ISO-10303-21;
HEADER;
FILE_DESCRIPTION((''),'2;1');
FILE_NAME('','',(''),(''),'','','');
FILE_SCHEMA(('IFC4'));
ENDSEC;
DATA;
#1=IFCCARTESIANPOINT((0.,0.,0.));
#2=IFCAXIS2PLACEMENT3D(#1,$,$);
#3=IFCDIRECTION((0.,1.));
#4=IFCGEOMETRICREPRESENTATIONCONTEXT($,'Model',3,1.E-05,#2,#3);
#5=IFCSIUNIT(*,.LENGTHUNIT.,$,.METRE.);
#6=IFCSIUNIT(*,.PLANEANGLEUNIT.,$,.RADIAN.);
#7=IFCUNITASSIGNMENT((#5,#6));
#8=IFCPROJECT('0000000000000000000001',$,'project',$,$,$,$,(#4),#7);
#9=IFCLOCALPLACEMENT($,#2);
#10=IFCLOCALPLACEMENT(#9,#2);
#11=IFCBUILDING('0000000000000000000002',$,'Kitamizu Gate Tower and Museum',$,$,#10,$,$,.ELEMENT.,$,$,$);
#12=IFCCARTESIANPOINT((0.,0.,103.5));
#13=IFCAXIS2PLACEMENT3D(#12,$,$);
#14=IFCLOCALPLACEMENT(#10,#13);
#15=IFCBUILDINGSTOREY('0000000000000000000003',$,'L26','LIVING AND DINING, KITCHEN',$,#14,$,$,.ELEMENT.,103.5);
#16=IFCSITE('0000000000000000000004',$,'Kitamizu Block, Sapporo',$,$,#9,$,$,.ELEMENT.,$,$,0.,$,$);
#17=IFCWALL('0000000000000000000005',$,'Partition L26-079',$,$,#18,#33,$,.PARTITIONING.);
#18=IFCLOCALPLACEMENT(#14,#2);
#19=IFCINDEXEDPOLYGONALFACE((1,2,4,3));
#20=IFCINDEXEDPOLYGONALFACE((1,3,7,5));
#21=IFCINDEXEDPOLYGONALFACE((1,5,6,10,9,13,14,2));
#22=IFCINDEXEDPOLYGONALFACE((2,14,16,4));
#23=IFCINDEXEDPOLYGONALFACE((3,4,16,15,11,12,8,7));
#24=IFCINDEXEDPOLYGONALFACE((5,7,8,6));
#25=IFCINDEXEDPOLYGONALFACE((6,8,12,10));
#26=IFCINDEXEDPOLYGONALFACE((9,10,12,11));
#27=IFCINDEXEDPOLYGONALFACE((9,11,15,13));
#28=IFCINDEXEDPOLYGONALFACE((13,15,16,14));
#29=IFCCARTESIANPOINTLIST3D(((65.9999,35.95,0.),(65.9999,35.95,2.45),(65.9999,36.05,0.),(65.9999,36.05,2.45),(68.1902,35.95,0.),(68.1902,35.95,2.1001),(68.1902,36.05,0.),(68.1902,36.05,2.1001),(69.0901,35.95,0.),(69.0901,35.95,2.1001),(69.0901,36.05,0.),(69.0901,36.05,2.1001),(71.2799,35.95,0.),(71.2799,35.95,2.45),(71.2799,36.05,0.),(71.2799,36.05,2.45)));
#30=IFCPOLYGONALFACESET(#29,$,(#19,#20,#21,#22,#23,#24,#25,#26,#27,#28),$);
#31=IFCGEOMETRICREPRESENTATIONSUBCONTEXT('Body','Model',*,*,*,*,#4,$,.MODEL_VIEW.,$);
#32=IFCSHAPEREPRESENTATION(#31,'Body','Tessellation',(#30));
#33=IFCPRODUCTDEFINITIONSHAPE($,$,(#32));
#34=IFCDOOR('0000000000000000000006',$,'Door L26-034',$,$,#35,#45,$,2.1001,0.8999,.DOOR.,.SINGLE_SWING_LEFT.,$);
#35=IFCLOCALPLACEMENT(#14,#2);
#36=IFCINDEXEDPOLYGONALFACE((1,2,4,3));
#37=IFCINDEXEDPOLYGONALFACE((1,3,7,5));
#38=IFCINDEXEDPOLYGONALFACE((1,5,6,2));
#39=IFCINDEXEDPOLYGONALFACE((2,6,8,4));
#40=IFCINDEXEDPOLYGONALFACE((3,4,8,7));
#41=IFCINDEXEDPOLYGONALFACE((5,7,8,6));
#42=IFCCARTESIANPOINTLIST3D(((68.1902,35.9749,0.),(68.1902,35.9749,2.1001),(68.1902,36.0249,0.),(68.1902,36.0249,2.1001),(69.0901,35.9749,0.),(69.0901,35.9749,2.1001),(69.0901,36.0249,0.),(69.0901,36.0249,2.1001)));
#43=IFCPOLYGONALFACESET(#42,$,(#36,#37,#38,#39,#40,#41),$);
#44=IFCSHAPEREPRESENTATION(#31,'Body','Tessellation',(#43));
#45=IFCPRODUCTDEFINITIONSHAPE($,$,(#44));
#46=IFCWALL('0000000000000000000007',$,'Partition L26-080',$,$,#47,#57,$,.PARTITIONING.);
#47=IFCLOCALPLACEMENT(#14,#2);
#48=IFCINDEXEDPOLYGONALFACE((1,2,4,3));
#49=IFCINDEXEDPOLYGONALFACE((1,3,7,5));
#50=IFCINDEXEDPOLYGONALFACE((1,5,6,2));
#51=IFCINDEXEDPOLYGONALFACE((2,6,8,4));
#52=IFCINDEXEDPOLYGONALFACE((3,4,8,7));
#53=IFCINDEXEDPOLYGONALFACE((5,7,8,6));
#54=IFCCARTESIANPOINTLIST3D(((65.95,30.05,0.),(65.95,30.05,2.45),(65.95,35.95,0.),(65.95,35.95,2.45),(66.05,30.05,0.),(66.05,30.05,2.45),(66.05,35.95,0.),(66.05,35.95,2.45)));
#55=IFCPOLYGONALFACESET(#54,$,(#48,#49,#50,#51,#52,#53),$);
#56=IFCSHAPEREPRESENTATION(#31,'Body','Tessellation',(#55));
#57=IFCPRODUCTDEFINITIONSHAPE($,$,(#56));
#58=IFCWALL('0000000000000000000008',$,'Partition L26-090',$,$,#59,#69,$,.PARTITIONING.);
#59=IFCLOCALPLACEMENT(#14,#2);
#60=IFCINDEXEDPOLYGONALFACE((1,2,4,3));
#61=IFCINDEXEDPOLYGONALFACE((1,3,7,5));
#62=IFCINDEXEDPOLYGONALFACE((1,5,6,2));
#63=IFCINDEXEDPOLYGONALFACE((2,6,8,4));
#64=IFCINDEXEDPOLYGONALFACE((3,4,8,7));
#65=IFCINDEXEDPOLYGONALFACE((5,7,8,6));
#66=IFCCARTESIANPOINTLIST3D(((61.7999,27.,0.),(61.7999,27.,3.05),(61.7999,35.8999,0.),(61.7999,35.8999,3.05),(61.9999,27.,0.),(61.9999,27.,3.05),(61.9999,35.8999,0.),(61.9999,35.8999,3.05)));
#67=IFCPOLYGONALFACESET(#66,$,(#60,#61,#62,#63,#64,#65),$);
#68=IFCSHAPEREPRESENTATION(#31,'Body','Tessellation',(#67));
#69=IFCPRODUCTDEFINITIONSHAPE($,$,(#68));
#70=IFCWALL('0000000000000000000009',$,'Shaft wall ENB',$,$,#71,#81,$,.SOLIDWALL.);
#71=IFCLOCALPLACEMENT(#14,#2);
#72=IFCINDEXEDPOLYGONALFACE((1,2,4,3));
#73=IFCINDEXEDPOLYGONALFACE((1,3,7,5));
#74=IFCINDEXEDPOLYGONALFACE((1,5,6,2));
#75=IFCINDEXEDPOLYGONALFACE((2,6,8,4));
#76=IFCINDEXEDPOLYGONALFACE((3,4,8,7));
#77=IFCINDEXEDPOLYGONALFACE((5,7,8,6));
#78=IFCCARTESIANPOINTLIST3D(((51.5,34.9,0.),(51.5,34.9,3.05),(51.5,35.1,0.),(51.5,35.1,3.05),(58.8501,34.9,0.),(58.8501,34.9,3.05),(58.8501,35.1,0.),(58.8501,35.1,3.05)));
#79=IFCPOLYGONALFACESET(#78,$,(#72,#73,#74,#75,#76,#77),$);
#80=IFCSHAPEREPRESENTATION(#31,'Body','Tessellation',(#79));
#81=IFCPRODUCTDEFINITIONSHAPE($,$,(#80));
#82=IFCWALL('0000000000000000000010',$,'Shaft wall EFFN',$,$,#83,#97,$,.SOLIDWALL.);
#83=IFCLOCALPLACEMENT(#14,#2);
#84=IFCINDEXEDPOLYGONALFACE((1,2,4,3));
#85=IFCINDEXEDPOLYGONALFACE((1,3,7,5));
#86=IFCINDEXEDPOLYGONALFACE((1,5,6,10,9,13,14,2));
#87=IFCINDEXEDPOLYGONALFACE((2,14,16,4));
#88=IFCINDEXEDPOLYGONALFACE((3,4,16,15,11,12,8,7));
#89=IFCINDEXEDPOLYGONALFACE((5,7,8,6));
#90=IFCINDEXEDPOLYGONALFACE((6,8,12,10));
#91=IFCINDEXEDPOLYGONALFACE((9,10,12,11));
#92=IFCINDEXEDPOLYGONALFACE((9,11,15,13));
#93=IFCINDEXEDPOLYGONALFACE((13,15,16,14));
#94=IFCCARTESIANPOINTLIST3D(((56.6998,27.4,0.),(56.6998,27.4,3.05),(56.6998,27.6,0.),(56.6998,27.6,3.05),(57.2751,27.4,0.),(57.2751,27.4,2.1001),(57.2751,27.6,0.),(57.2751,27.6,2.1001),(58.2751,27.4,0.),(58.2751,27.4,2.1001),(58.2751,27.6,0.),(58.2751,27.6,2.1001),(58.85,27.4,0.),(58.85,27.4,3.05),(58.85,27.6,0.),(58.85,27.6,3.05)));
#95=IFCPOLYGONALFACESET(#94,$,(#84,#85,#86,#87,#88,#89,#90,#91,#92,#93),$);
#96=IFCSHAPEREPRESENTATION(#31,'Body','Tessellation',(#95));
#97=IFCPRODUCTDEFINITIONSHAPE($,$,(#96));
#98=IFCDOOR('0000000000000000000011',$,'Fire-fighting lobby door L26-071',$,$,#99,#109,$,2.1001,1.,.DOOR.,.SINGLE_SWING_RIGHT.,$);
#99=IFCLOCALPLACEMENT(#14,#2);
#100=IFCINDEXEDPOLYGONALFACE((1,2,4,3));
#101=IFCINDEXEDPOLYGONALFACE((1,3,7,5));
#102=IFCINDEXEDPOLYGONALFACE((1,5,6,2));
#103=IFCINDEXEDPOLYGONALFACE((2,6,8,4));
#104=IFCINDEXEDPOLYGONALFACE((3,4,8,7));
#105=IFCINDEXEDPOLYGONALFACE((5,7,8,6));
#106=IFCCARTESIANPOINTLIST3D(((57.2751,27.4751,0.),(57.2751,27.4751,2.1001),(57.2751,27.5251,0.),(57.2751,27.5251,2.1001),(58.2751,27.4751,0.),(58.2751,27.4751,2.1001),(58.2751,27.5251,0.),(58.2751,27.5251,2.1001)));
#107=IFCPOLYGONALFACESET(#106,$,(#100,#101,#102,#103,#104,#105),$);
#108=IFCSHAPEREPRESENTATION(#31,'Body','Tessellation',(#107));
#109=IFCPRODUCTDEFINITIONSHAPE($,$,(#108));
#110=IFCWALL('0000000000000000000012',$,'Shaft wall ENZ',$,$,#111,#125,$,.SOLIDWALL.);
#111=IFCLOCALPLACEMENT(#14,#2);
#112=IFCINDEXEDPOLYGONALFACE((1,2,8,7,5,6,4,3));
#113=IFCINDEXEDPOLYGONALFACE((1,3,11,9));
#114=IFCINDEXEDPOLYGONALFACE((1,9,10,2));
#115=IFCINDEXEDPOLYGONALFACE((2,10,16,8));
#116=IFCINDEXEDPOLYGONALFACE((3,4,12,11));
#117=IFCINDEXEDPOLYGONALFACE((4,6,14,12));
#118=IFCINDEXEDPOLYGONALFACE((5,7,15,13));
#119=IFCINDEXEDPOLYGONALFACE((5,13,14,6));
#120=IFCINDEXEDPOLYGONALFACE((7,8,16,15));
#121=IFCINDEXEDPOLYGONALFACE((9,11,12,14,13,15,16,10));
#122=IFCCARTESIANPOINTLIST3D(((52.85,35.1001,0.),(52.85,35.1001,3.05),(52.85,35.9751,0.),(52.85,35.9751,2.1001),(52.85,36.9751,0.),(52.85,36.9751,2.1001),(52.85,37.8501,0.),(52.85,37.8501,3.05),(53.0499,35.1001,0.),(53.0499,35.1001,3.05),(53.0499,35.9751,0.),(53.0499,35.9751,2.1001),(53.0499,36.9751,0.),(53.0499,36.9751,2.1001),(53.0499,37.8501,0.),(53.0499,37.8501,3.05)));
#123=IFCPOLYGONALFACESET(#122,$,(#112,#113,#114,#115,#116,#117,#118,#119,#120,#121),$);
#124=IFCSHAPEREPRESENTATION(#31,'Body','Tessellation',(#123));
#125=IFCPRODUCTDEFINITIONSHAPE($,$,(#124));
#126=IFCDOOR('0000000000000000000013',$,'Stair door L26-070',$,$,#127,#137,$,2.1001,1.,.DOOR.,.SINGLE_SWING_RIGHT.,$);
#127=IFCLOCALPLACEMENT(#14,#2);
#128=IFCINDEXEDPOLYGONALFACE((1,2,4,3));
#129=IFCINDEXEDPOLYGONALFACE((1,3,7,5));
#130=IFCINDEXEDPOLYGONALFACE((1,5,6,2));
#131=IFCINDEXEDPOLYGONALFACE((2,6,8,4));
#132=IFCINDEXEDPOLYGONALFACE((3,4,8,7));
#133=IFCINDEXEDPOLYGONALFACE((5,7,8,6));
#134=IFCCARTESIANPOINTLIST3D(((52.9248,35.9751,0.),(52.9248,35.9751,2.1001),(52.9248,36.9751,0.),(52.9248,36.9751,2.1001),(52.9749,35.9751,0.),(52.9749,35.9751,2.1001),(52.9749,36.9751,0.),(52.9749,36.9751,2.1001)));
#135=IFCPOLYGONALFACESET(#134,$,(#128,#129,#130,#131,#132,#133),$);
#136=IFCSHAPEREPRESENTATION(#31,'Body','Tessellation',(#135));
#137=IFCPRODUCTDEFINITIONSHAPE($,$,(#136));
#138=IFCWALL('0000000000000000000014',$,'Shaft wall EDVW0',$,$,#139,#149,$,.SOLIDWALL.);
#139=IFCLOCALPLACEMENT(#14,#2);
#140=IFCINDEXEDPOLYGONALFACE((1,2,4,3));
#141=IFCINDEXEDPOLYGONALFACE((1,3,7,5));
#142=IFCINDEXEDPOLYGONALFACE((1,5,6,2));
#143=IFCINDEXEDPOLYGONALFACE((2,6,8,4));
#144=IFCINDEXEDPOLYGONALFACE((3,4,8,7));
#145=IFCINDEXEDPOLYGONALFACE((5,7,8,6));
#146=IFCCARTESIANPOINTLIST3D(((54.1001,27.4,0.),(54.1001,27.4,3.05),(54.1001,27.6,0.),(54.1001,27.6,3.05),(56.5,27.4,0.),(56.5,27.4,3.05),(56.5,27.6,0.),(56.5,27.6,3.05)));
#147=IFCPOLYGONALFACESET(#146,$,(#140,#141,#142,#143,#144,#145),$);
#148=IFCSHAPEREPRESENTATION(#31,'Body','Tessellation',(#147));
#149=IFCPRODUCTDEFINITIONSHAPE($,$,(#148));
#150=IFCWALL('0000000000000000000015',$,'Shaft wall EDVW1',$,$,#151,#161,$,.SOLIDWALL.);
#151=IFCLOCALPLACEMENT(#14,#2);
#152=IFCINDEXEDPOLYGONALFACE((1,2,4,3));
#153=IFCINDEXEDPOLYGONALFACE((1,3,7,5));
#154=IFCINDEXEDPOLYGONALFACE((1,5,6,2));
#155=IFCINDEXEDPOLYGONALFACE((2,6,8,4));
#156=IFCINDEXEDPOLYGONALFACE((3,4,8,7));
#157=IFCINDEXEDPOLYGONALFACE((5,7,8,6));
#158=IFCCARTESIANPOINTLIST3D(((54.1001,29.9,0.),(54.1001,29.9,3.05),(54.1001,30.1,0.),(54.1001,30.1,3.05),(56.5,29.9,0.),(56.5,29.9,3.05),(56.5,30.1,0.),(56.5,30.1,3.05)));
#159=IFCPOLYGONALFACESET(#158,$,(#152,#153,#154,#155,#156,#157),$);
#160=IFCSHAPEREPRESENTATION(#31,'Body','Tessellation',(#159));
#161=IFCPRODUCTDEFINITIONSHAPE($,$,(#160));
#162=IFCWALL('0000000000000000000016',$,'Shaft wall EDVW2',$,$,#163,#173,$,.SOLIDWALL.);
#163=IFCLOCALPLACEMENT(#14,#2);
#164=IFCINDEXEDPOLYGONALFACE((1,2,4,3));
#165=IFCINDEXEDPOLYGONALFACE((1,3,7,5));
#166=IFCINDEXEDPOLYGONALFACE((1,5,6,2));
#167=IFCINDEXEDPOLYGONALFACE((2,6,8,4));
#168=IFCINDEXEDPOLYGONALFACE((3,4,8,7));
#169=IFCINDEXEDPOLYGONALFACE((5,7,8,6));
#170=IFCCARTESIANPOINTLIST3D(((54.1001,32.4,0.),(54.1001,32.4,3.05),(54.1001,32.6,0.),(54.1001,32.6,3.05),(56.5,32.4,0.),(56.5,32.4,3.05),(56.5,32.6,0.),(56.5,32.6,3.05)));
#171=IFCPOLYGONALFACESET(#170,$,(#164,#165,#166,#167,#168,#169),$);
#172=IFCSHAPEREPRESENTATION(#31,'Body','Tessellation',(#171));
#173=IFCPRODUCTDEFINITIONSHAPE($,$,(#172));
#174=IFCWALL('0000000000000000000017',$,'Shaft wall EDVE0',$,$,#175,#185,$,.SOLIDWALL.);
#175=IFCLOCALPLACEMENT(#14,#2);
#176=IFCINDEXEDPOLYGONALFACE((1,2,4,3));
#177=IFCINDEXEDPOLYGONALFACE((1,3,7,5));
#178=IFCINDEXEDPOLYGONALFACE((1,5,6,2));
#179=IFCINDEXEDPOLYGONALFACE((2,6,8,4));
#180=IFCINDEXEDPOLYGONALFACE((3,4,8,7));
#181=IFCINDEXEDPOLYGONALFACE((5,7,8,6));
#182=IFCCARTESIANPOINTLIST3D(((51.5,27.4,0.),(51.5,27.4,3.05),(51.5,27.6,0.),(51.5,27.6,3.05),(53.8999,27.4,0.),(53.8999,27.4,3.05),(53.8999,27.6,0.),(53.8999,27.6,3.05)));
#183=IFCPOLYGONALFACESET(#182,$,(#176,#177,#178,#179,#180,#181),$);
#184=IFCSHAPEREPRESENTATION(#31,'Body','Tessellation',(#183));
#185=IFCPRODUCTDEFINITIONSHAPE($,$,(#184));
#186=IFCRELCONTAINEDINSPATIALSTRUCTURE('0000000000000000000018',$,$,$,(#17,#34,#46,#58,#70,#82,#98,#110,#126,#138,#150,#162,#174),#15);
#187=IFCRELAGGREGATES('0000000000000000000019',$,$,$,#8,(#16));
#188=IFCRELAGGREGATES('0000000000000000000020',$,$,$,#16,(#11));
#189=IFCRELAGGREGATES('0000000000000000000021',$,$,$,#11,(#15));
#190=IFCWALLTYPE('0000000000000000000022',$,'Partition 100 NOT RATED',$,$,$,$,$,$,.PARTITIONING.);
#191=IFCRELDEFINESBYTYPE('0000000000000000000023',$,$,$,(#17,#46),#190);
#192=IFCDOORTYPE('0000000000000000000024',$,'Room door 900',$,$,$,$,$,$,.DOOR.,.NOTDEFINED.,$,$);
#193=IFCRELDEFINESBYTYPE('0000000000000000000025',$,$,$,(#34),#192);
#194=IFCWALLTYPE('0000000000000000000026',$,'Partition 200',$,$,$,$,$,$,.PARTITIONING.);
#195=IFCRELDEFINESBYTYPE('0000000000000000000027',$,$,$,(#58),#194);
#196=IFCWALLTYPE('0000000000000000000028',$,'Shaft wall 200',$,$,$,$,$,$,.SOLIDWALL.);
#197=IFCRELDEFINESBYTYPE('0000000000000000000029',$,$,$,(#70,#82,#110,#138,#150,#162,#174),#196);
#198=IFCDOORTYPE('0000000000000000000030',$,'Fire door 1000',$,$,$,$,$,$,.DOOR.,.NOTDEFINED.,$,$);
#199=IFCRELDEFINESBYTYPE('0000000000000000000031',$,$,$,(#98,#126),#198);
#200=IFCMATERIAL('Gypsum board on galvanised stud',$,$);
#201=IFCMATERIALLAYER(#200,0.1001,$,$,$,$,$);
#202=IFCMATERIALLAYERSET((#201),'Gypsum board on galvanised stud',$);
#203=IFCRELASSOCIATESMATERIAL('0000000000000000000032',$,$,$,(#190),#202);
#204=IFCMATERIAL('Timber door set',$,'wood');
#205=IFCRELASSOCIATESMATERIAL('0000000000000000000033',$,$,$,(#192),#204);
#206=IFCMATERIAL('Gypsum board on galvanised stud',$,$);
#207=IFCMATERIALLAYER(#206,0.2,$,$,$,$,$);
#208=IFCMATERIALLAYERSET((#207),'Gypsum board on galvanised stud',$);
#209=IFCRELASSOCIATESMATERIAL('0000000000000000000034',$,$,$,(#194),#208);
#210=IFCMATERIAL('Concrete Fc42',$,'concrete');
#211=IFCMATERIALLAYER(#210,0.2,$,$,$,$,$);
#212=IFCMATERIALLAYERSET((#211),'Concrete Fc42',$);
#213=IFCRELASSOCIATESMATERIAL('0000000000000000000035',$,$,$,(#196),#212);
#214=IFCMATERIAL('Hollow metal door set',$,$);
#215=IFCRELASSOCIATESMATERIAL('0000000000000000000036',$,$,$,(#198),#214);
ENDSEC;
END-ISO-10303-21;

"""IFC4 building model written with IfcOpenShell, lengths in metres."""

from ifc_helpers import new_model, si_unit, direction, frame, frame_2d, origin, place, context, subcontext, project, spatial, rectangle, extrude, material, layer, layer_set, type_object, element, fill, save


model = new_model("IFC4")

# Units and contexts
model_context = context("Model", 3, precision=1e-05, world=origin(), true_north=direction((0.0, 1.0)))
body_context = subcontext(model_context, "Body", "Model", "MODEL_VIEW")
ifc_project = project(units=[si_unit("LENGTHUNIT", "METRE"), si_unit("PLANEANGLEUNIT", "RADIAN")], contexts=[model_context])

# Site, building, storey
site_placement = place(None, origin())
site = spatial("IfcSite", under=ifc_project, at=site_placement, Name="Kitamizu Block, Sapporo", CompositionType="ELEMENT", RefElevation=0.0)
building_placement = place(site_placement, origin())
building = spatial("IfcBuilding", under=site, at=building_placement, Name="Kitamizu Gate Tower and Museum", CompositionType="ELEMENT")
storey_placement = place(building_placement, frame((0.0, 0.0, 103.5)))
storey = spatial("IfcBuildingStorey", under=building, at=storey_placement, Name="L26", Description="LIVING AND DINING, KITCHEN", CompositionType="ELEMENT", Elevation=103.5)

# Shared definitions
ifc_material_1 = material(Name="Gypsum board on galvanised stud")
ifc_layer_1 = layer(ifc_material_1, 0.1001)
ifc_layer_set_1 = layer_set([ifc_layer_1], Name="Gypsum board on galvanised stud")
wall_type_1 = type_object("IfcWallType", Name="Partition 100 NOT RATED", PredefinedType="PARTITIONING", material=ifc_layer_set_1)
ifc_material_2 = material(Name="Timber door set", Category="wood")
door_type_1 = type_object("IfcDoorType", Name="Room door 900", OperationType="NOTDEFINED", PredefinedType="DOOR", material=ifc_material_2)

# Wall, opening, door
wall_1_placement = place(storey_placement, frame((71.28, 36.0, 0.0), z_axis=(0.0, 0.0, 1.0), x_axis=(-1.0, 0.0, 0.0)))
wall_1 = element("IfcWall", 1, at=wall_1_placement, inside=storey, type_object=wall_type_1, Name="Partition L26-079", PredefinedType="PARTITIONING", context=body_context, shape_type="SweptSolid", body=[
    extrude(rectangle(XDim=5.28, YDim=0.1001, at=frame_2d((2.6401, 0.0))), origin(), (0.0, 0.0, 1.0), 2.45),
])
opening_1_placement = place(wall_1_placement, frame((2.1899, 0.0, 0.0)))
opening_1 = element("IfcOpeningElement", 2, at=opening_1_placement, cuts=wall_1, PredefinedType="OPENING", context=body_context, shape_type="SweptSolid", body=[
    extrude(rectangle(XDim=0.8999, YDim=2.1001, at=frame_2d((0.45, 1.05))), frame((0.0, 0.0601, 0.0), z_axis=(0.0, -1.0, 0.0), x_axis=(1.0, 0.0, 0.0)), (0.0, 0.0, 1.0), 0.1201),
])
door_1_placement = place(opening_1_placement, frame((0.8999, 0.0, 0.0), x_axis=(-1.0, 0.0, 0.0)))
door_1 = element("IfcDoor", 3, at=door_1_placement, inside=storey, type_object=door_type_1, Name="Door L26-034", OperationType="SINGLE_SWING_LEFT", OverallHeight=2.1001, OverallWidth=0.8999, PredefinedType="DOOR", context=body_context, shape_type="SweptSolid", body=[
    extrude(rectangle(XDim=0.8999, YDim=2.1001, at=frame_2d((0.45, 1.05))), frame((0.0, 0.0249, 0.0), z_axis=(0.0, -1.0, 0.0), x_axis=(1.0, 0.0, 0.0)), (0.0, 0.0, 1.0), 0.05),
])
fill(opening_1, door_1)

# Walls
wall_2_placement = place(storey_placement, frame((66.0, 35.95, 0.0), z_axis=(0.0, 0.0, 1.0), x_axis=(0.0, -1.0, 0.0)))
element("IfcWall", 4, at=wall_2_placement, inside=storey, type_object=wall_type_1, Name="Partition L26-080", PredefinedType="PARTITIONING", context=body_context, shape_type="SweptSolid", body=[
    extrude(rectangle(XDim=5.8999, YDim=0.1001, at=frame_2d((2.95, 0.0))), origin(), (0.0, 0.0, 1.0), 2.45),
])
ifc_material_3 = material(Name="Gypsum board on galvanised stud")
ifc_layer_2 = layer(ifc_material_3, 0.2)
ifc_layer_set_2 = layer_set([ifc_layer_2], Name="Gypsum board on galvanised stud")
wall_type_2 = type_object("IfcWallType", Name="Partition 200", PredefinedType="PARTITIONING", material=ifc_layer_set_2)
wall_3_placement = place(storey_placement, frame((61.8999, 35.8999, 0.0), z_axis=(0.0, 0.0, 1.0), x_axis=(0.0, -1.0, 0.0)))
element("IfcWall", 5, at=wall_3_placement, inside=storey, type_object=wall_type_2, Name="Partition L26-090", PredefinedType="PARTITIONING", context=body_context, shape_type="SweptSolid", body=[
    extrude(rectangle(XDim=8.8999, YDim=0.2, at=frame_2d((4.45, 0.0))), origin(), (0.0, 0.0, 1.0), 3.05),
])
ifc_material_4 = material(Name="Concrete Fc42", Category="concrete")
ifc_layer_3 = layer(ifc_material_4, 0.2)
ifc_layer_set_3 = layer_set([ifc_layer_3], Name="Concrete Fc42")
wall_type_3 = type_object("IfcWallType", Name="Shaft wall 200", PredefinedType="SOLIDWALL", material=ifc_layer_set_3)
wall_4_placement = place(storey_placement, frame((58.8501, 35.0, 0.0), z_axis=(0.0, 0.0, 1.0), x_axis=(-1.0, 0.0, 0.0)))
element("IfcWall", 6, at=wall_4_placement, inside=storey, type_object=wall_type_3, Name="Shaft wall ENB", PredefinedType="SOLIDWALL", context=body_context, shape_type="SweptSolid", body=[
    extrude(rectangle(XDim=7.3501, YDim=0.2, at=frame_2d((3.675, 0.0))), origin(), (0.0, 0.0, 1.0), 3.05),
])

# Walls, openings, doors
wall_5_placement = place(storey_placement, frame((58.8501, 27.5, 0.0), z_axis=(0.0, 0.0, 1.0), x_axis=(-1.0, 0.0, 0.0)))
wall_5 = element("IfcWall", 7, at=wall_5_placement, inside=storey, type_object=wall_type_3, Name="Shaft wall EFFN", PredefinedType="SOLIDWALL", context=body_context, shape_type="SweptSolid", body=[
    extrude(rectangle(XDim=2.1501, YDim=0.2, at=frame_2d((1.0752, 0.0))), origin(), (0.0, 0.0, 1.0), 3.05),
])
opening_2_placement = place(wall_5_placement, frame((0.575, 0.0, 0.0)))
opening_2 = element("IfcOpeningElement", 8, at=opening_2_placement, cuts=wall_5, PredefinedType="OPENING", context=body_context, shape_type="SweptSolid", body=[
    extrude(rectangle(XDim=1.0, YDim=2.1001, at=frame_2d((0.5, 1.05))), frame((0.0, 0.1099, 0.0), z_axis=(0.0, -1.0, 0.0), x_axis=(1.0, 0.0, 0.0)), (0.0, 0.0, 1.0), 0.22),
])
ifc_material_5 = material(Name="Hollow metal door set")
door_type_2 = type_object("IfcDoorType", Name="Fire door 1000", OperationType="NOTDEFINED", PredefinedType="DOOR", material=ifc_material_5)
door_2_placement = place(opening_2_placement, origin())
door_2 = element("IfcDoor", 9, at=door_2_placement, inside=storey, type_object=door_type_2, Name="Fire-fighting lobby door L26-071", OperationType="SINGLE_SWING_RIGHT", OverallHeight=2.1001, OverallWidth=1.0, PredefinedType="DOOR", context=body_context, shape_type="SweptSolid", body=[
    extrude(rectangle(XDim=1.0, YDim=2.1001, at=frame_2d((0.5, 1.05))), frame((0.0, 0.0249, 0.0), z_axis=(0.0, -1.0, 0.0), x_axis=(1.0, 0.0, 0.0)), (0.0, 0.0, 1.0), 0.05),
])
fill(opening_2, door_2)
wall_6_placement = place(storey_placement, frame((52.95, 35.1001, 0.0), z_axis=(0.0, 0.0, 1.0), x_axis=(0.0, 1.0, 0.0)))
wall_6 = element("IfcWall", 10, at=wall_6_placement, inside=storey, type_object=wall_type_3, Name="Shaft wall ENZ", PredefinedType="SOLIDWALL", context=body_context, shape_type="SweptSolid", body=[
    extrude(rectangle(XDim=2.75, YDim=0.2, at=frame_2d((1.375, 0.0))), origin(), (0.0, 0.0, 1.0), 3.05),
])
opening_3_placement = place(wall_6_placement, frame((0.875, 0.0, 0.0)))
opening_3 = element("IfcOpeningElement", 11, at=opening_3_placement, cuts=wall_6, PredefinedType="OPENING", context=body_context, shape_type="SweptSolid", body=[
    extrude(rectangle(XDim=1.0, YDim=2.1001, at=frame_2d((0.5, 1.05))), frame((0.0, 0.1099, 0.0), z_axis=(0.0, -1.0, 0.0), x_axis=(1.0, 0.0, 0.0)), (0.0, 0.0, 1.0), 0.22),
])
door_3_placement = place(opening_3_placement, frame((1.0, 0.0, 0.0), x_axis=(-1.0, 0.0, 0.0)))
door_3 = element("IfcDoor", 12, at=door_3_placement, inside=storey, type_object=door_type_2, Name="Stair door L26-070", OperationType="SINGLE_SWING_RIGHT", OverallHeight=2.1001, OverallWidth=1.0, PredefinedType="DOOR", context=body_context, shape_type="SweptSolid", body=[
    extrude(rectangle(XDim=1.0, YDim=2.1001, at=frame_2d((0.5, 1.05))), frame((0.0, 0.0249, 0.0), z_axis=(0.0, -1.0, 0.0), x_axis=(1.0, 0.0, 0.0)), (0.0, 0.0, 1.0), 0.05),
])
fill(opening_3, door_3)

# Walls
for number, where, z_axis, x_axis, name in (
    (13, (56.5, 27.5, 0.0), (0.0, 0.0, 1.0), (-1.0, 0.0, 0.0), "Shaft wall EDVW0"),
    (14, (56.5, 30.0, 0.0), (0.0, 0.0, 1.0), (-1.0, 0.0, 0.0), "Shaft wall EDVW1"),
    (15, (56.5, 32.5, 0.0), (0.0, 0.0, 1.0), (-1.0, 0.0, 0.0), "Shaft wall EDVW2"),
    (16, (53.8999, 27.5, 0.0), (0.0, 0.0, 1.0), (-1.0, 0.0, 0.0), "Shaft wall EDVE0"),
):
    element("IfcWall", number, at=place(storey_placement, frame(where, z_axis=z_axis, x_axis=x_axis)), inside=storey, type_object=wall_type_3, Name=name, PredefinedType="SOLIDWALL", context=body_context, shape_type="SweptSolid", body=[
        extrude(rectangle(XDim=2.3999, YDim=0.2, at=frame_2d((1.2, 0.0))), origin(), (0.0, 0.0, 1.0), 3.05),
    ])

save(model, "model.ifc")
